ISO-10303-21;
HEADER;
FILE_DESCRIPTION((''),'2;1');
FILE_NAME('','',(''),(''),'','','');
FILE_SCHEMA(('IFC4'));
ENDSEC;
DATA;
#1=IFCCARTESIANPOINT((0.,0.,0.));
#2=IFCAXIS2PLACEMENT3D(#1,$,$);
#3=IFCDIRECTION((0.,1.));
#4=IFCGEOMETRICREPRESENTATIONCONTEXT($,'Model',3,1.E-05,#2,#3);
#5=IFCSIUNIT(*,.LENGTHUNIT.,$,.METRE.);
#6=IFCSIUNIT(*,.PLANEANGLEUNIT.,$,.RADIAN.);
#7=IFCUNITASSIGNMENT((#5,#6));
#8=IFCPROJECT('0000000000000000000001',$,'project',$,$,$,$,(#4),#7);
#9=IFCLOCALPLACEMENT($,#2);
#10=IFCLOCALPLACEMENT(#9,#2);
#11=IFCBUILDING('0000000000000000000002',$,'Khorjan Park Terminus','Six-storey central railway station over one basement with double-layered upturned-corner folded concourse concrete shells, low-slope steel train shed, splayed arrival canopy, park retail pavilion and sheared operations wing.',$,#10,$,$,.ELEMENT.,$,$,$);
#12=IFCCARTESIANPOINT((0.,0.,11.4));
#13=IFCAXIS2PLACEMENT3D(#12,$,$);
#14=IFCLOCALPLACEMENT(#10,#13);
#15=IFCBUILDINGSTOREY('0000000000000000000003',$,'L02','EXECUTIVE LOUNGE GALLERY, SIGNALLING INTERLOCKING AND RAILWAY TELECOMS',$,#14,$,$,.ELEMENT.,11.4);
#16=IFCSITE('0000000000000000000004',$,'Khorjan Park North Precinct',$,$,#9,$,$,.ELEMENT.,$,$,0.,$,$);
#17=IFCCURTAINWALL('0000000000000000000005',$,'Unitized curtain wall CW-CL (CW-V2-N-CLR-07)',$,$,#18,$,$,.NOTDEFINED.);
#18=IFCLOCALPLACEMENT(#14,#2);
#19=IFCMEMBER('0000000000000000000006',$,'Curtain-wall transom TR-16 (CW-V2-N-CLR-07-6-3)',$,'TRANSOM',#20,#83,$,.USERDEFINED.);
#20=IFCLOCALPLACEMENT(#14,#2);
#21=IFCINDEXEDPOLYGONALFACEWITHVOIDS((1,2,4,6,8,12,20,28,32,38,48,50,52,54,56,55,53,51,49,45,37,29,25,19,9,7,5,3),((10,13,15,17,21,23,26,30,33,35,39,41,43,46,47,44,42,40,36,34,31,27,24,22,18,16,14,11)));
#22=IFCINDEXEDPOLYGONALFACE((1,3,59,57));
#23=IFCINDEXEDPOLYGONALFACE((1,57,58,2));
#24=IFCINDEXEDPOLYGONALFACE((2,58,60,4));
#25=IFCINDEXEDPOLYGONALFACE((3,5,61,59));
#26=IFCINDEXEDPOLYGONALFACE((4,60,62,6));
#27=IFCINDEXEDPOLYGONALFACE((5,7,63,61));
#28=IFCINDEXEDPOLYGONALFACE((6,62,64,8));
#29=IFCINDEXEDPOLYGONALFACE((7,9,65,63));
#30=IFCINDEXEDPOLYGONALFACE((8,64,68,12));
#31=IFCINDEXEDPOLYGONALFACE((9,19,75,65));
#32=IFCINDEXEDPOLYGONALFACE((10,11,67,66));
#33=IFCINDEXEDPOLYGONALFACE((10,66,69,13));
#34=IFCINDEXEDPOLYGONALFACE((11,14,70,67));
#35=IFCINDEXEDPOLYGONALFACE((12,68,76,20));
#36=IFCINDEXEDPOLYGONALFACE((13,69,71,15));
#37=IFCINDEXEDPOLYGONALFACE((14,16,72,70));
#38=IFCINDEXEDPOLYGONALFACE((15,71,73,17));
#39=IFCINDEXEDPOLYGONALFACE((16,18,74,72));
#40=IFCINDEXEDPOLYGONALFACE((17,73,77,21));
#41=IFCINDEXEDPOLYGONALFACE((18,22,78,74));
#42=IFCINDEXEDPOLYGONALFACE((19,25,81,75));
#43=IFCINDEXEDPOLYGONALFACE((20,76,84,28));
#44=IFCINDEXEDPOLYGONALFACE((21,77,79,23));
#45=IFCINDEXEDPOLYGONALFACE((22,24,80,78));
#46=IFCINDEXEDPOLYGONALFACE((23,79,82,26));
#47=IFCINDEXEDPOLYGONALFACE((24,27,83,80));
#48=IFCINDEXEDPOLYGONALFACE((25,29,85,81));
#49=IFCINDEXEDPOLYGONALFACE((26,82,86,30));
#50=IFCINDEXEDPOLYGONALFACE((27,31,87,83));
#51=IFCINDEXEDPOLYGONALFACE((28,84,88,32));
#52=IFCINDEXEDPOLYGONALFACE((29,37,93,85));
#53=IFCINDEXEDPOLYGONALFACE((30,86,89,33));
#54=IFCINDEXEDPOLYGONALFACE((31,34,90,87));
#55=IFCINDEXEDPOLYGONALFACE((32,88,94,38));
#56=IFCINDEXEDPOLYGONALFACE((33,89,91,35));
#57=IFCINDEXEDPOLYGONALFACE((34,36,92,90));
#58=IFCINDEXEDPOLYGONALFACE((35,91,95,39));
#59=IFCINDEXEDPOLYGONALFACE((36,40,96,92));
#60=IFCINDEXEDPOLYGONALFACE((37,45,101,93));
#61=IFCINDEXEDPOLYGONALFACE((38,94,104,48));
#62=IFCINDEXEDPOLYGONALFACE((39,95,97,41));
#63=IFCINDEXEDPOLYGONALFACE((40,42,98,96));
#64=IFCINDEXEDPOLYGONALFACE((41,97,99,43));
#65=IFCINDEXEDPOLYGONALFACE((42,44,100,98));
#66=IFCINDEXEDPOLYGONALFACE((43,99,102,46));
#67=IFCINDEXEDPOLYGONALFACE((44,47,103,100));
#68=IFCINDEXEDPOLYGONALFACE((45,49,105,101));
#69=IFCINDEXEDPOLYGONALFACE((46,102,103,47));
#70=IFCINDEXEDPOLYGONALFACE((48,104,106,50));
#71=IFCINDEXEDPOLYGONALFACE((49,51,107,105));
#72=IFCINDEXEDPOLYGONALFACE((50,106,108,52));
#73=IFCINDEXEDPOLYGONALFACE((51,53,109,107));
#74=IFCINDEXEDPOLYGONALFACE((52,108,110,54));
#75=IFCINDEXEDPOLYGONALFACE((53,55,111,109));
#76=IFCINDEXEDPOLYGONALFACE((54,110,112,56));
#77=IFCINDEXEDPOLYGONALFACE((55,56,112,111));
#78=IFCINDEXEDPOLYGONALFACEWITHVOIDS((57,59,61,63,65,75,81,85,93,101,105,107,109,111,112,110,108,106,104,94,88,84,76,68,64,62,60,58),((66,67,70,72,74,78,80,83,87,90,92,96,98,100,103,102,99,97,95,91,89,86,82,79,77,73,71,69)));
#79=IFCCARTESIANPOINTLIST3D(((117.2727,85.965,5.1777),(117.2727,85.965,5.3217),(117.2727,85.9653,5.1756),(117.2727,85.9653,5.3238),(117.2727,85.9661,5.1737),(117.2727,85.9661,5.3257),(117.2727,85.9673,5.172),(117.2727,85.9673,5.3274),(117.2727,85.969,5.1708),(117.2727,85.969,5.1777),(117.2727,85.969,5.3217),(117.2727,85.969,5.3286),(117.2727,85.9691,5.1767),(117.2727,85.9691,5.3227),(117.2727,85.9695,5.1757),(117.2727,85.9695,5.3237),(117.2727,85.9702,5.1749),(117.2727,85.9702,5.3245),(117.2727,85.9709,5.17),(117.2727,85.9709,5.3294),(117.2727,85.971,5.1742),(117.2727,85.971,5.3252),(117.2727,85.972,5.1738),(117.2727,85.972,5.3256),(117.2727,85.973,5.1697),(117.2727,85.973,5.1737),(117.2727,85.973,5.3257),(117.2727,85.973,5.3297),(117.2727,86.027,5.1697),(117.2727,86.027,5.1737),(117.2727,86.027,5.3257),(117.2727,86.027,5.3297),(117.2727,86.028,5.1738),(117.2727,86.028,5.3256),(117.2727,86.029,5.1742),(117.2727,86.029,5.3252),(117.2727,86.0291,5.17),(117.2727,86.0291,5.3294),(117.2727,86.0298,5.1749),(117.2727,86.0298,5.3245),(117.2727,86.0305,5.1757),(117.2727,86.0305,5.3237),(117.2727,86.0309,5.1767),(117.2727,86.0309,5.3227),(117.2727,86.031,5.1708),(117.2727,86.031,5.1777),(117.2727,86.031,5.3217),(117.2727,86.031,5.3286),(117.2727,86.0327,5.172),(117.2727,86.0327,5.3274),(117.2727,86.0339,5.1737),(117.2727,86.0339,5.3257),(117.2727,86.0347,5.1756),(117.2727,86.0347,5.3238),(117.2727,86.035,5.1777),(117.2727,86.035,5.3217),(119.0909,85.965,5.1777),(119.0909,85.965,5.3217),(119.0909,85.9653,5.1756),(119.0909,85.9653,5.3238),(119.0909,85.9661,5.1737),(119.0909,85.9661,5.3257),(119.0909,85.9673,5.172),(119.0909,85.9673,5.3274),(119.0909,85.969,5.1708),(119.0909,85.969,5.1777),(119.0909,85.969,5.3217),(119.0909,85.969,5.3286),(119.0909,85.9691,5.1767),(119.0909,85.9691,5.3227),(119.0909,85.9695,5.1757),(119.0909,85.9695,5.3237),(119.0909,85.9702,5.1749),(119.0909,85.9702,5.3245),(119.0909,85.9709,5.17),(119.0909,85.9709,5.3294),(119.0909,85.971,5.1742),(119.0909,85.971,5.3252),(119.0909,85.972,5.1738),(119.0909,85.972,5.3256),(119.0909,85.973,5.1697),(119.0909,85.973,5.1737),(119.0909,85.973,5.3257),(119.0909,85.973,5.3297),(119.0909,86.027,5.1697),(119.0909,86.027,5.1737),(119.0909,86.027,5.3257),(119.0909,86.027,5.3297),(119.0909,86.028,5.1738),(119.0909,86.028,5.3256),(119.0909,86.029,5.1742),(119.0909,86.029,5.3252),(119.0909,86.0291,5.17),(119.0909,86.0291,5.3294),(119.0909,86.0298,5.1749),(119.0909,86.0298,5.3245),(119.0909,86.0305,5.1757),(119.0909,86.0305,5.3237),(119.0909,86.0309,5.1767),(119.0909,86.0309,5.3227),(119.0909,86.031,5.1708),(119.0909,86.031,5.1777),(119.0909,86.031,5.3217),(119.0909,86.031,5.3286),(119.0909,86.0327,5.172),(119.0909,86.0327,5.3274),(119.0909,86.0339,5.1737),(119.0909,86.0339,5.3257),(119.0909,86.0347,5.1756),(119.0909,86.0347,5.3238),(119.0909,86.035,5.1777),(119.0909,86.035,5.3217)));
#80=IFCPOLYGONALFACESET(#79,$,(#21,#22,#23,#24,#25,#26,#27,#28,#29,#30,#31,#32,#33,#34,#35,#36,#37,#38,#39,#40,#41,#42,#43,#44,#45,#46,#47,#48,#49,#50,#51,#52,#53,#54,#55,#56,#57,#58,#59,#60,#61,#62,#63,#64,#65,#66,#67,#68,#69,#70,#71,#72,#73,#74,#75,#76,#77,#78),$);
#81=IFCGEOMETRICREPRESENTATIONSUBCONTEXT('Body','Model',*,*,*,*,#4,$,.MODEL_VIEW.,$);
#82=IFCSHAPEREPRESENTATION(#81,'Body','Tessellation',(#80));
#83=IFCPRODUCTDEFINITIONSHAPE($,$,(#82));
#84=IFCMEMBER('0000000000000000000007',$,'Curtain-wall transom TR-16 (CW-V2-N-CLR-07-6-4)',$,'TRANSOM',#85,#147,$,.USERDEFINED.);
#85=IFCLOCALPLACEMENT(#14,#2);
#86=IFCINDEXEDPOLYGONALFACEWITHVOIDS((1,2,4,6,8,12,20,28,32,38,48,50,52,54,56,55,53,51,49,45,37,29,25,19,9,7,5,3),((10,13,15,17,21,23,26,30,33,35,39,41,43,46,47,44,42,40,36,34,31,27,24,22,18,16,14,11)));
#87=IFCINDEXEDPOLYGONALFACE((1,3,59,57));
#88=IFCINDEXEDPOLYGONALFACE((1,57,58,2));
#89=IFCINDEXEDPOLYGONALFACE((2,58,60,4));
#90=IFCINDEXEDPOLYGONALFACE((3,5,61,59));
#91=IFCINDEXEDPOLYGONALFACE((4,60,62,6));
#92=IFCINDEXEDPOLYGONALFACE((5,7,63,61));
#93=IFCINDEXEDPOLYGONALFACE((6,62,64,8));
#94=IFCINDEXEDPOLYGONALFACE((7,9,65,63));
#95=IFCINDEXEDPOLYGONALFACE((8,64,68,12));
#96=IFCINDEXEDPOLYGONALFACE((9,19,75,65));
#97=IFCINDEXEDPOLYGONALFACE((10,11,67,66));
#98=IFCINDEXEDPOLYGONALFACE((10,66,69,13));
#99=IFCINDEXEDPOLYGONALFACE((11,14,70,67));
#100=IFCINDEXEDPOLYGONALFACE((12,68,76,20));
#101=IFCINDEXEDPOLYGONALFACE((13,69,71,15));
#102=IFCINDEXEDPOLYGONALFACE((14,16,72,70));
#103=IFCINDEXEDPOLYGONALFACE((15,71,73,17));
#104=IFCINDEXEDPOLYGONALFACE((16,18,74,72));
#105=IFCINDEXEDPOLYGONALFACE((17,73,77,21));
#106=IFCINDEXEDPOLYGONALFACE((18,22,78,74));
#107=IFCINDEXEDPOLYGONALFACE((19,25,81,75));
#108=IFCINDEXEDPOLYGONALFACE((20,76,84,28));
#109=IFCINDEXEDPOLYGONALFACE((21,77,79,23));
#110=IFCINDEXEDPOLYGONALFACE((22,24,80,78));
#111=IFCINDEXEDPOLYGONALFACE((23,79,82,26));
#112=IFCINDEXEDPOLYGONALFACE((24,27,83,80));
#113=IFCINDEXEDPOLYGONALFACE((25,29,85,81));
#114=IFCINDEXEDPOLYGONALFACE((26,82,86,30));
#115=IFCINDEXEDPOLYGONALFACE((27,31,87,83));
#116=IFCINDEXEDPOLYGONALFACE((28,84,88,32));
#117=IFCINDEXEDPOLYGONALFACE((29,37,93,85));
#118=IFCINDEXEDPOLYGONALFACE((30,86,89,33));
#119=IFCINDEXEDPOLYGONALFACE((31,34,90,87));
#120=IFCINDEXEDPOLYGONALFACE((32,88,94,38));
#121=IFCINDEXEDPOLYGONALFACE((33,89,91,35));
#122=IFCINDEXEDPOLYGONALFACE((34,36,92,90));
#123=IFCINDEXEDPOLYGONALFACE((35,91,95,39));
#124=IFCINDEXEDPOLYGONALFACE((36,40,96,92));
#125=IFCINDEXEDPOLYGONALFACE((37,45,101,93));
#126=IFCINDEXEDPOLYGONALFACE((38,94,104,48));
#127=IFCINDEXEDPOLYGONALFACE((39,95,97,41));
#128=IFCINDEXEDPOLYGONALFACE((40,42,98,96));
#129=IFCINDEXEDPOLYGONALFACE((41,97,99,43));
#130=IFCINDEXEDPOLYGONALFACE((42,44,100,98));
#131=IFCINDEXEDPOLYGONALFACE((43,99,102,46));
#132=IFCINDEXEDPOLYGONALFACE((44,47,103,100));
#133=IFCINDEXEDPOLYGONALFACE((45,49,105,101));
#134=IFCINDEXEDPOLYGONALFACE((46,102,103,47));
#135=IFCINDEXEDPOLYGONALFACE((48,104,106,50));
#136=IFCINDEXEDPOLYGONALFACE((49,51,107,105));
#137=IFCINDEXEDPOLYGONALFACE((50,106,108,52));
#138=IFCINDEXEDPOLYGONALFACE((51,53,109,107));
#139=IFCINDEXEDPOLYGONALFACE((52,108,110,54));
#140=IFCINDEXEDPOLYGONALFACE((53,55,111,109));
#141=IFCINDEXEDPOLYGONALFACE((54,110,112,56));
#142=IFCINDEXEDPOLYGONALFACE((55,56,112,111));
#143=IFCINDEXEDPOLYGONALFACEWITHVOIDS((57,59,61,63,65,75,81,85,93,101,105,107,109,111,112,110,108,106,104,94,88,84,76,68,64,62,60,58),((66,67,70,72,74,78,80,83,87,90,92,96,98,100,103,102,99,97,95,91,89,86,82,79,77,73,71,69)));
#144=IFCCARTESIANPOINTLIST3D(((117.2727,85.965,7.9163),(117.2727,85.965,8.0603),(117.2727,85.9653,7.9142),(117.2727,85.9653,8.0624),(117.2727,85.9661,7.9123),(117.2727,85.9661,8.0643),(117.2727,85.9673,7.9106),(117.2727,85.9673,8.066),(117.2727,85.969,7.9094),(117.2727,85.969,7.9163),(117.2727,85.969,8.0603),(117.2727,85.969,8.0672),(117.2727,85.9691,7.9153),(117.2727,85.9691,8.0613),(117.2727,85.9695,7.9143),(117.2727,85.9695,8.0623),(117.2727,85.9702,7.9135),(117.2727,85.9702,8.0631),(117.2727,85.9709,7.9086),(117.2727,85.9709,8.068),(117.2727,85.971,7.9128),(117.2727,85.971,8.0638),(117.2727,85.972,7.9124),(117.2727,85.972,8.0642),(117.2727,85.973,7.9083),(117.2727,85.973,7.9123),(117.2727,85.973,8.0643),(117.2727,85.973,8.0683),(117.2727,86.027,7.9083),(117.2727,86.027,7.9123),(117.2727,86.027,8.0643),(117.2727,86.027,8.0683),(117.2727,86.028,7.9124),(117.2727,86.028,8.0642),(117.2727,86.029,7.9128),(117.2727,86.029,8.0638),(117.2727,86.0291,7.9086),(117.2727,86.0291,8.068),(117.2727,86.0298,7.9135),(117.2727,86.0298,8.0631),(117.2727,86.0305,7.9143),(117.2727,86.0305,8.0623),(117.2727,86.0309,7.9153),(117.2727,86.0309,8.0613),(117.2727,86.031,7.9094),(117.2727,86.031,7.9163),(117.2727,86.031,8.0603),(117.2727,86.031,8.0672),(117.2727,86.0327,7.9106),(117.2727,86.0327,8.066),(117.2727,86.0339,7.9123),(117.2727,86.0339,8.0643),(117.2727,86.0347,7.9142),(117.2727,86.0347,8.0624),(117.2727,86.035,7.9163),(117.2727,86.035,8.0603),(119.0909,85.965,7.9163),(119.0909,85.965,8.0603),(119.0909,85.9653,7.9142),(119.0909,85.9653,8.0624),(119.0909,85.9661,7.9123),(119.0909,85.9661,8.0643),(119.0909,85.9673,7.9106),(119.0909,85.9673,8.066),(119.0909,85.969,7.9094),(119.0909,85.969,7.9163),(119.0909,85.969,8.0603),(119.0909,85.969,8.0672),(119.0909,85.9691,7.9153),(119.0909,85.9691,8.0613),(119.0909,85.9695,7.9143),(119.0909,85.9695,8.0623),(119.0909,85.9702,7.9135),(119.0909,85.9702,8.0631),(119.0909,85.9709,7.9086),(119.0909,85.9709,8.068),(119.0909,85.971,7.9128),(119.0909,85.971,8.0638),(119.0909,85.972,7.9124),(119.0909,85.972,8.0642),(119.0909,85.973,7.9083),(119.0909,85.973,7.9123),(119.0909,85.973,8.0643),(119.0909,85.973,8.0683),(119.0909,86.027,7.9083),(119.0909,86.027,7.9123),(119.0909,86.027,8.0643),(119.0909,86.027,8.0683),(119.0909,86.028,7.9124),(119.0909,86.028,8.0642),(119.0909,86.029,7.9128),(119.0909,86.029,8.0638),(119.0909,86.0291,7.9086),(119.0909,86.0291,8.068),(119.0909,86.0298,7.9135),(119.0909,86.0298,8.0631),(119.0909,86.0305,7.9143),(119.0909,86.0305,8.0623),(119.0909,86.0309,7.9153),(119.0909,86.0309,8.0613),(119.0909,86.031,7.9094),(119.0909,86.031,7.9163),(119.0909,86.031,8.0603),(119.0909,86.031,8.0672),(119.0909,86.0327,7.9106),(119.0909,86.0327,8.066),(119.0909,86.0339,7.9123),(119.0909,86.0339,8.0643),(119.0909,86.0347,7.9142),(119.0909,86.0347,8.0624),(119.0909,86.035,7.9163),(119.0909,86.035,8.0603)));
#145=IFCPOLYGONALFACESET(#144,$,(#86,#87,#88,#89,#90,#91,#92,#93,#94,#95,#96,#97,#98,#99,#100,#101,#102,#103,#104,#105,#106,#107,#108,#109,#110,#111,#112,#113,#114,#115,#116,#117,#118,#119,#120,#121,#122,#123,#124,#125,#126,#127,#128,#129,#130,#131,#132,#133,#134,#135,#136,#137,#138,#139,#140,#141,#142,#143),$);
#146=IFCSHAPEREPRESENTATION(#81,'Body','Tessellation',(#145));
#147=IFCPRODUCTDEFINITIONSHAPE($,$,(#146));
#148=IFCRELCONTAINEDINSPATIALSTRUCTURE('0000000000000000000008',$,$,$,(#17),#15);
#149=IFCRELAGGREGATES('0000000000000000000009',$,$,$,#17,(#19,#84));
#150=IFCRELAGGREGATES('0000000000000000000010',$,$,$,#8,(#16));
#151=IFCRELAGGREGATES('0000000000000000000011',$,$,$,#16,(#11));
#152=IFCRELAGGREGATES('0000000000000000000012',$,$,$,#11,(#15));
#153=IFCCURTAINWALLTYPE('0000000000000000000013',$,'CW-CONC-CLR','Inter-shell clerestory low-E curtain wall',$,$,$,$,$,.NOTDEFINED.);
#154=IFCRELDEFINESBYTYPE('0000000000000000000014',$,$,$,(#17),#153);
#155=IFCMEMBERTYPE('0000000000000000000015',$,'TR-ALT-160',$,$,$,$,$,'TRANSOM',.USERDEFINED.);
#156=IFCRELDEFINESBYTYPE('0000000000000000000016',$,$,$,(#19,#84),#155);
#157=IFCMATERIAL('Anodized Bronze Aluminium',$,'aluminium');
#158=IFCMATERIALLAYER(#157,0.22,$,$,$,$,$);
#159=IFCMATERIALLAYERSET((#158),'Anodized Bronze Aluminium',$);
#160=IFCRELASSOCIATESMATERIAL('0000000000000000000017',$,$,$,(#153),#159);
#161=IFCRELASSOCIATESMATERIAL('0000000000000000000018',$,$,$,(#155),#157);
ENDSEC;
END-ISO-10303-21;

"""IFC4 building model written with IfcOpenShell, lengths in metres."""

from ifc_helpers import new_model, si_unit, direction, frame, origin, origin_2d, place, context, subcontext, project, spatial, hollow_rectangle, extrude, material, layer, layer_set, material_profile, profile_set, type_object, element, aggregate, save


model = new_model("IFC4")

# Units and contexts
model_context = context("Model", 3, precision=1e-05, world=origin(), true_north=direction((0.0, 1.0)))
body_context = subcontext(model_context, "Body", "Model", "MODEL_VIEW")
ifc_project = project(units=[si_unit("LENGTHUNIT", "METRE"), si_unit("PLANEANGLEUNIT", "RADIAN")], contexts=[model_context])

# Site, building, storey
site_placement = place(None, origin())
site = spatial("IfcSite", under=ifc_project, at=site_placement, Name="Khorjan Park North Precinct", CompositionType="ELEMENT", RefElevation=0.0)
building_placement = place(site_placement, origin())
building = spatial("IfcBuilding", under=site, at=building_placement, Name="Khorjan Park Terminus", Description="Six-storey central railway station over one basement with double-layered upturned-corner folded concourse concrete shells, low-slope steel train shed, splayed arrival canopy, park retail pavilion and sheared operations wing.", CompositionType="ELEMENT")
storey_placement = place(building_placement, frame((0.0, 0.0, 11.4)))
storey = spatial("IfcBuildingStorey", under=building, at=storey_placement, Name="L02", Description="EXECUTIVE LOUNGE GALLERY, SIGNALLING INTERLOCKING AND RAILWAY TELECOMS", CompositionType="ELEMENT", Elevation=11.4)

# Shared definitions
ifc_material_1 = material(Name="Anodized Bronze Aluminium", Category="aluminium")
ifc_layer_1 = layer(ifc_material_1, 0.22)
ifc_layer_set_1 = layer_set([ifc_layer_1], Name="Anodized Bronze Aluminium")
curtain_wall_type = type_object("IfcCurtainWallType", Name="CW-CONC-CLR", Description="Inter-shell clerestory low-E curtain wall", PredefinedType="NOTDEFINED", material=ifc_layer_set_1)

# Curtain wall, members
curtain_wall_1_placement = place(storey_placement, origin())
curtain_wall_1 = element("IfcCurtainWall", 1, at=curtain_wall_1_placement, inside=storey, type_object=curtain_wall_type, Name="Unitized curtain wall CW-CL (CW-V2-N-CLR-07)", PredefinedType="NOTDEFINED")
ifc_material_profile_1 = material_profile(ifc_material_1, hollow_rectangle(XDim=0.07, YDim=0.16, WallThickness=0.004, InnerFilletRadius=0.004, OuterFilletRadius=0.008, at=origin_2d()), Name="ALT 70x160x4")
ifc_profile_set_1 = profile_set([ifc_material_profile_1], Name="Anodized Bronze Aluminium")
member_type_1 = type_object("IfcMemberType", Name="TR-ALT-160", ElementType="TRANSOM", PredefinedType="USERDEFINED", material=ifc_profile_set_1)
member_1_placement = place(storey_placement, frame((119.0909, 86.0, 5.2497), z_axis=(-1.0, 0.0, 0.0), x_axis=(0.0, -1.0, 0.0)))
member_1 = element("IfcMember", 2, at=member_1_placement, type_object=member_type_1, Name="Curtain-wall transom TR-16 (CW-V2-N-CLR-07-6-3)", ObjectType="TRANSOM", PredefinedType="USERDEFINED", context=body_context, shape_type="SweptSolid", body=[
    extrude(hollow_rectangle(XDim=0.07, YDim=0.16, WallThickness=0.004, InnerFilletRadius=0.004, OuterFilletRadius=0.008, at=origin_2d()), origin(), (0.0, 0.0, 1.0), 1.8182),
])
member_2_placement = place(storey_placement, frame((119.0909, 86.0, 7.9883), z_axis=(-1.0, 0.0, 0.0), x_axis=(0.0, -1.0, 0.0)))
member_2 = element("IfcMember", 3, at=member_2_placement, type_object=member_type_1, Name="Curtain-wall transom TR-16 (CW-V2-N-CLR-07-6-4)", ObjectType="TRANSOM", PredefinedType="USERDEFINED", context=body_context, shape_type="SweptSolid", body=[
    extrude(hollow_rectangle(XDim=0.07, YDim=0.16, WallThickness=0.004, InnerFilletRadius=0.004, OuterFilletRadius=0.008, at=origin_2d()), origin(), (0.0, 0.0, 1.0), 1.8182),
])

aggregate(curtain_wall_1, [member_1, member_2])

save(model, "model.ifc")
